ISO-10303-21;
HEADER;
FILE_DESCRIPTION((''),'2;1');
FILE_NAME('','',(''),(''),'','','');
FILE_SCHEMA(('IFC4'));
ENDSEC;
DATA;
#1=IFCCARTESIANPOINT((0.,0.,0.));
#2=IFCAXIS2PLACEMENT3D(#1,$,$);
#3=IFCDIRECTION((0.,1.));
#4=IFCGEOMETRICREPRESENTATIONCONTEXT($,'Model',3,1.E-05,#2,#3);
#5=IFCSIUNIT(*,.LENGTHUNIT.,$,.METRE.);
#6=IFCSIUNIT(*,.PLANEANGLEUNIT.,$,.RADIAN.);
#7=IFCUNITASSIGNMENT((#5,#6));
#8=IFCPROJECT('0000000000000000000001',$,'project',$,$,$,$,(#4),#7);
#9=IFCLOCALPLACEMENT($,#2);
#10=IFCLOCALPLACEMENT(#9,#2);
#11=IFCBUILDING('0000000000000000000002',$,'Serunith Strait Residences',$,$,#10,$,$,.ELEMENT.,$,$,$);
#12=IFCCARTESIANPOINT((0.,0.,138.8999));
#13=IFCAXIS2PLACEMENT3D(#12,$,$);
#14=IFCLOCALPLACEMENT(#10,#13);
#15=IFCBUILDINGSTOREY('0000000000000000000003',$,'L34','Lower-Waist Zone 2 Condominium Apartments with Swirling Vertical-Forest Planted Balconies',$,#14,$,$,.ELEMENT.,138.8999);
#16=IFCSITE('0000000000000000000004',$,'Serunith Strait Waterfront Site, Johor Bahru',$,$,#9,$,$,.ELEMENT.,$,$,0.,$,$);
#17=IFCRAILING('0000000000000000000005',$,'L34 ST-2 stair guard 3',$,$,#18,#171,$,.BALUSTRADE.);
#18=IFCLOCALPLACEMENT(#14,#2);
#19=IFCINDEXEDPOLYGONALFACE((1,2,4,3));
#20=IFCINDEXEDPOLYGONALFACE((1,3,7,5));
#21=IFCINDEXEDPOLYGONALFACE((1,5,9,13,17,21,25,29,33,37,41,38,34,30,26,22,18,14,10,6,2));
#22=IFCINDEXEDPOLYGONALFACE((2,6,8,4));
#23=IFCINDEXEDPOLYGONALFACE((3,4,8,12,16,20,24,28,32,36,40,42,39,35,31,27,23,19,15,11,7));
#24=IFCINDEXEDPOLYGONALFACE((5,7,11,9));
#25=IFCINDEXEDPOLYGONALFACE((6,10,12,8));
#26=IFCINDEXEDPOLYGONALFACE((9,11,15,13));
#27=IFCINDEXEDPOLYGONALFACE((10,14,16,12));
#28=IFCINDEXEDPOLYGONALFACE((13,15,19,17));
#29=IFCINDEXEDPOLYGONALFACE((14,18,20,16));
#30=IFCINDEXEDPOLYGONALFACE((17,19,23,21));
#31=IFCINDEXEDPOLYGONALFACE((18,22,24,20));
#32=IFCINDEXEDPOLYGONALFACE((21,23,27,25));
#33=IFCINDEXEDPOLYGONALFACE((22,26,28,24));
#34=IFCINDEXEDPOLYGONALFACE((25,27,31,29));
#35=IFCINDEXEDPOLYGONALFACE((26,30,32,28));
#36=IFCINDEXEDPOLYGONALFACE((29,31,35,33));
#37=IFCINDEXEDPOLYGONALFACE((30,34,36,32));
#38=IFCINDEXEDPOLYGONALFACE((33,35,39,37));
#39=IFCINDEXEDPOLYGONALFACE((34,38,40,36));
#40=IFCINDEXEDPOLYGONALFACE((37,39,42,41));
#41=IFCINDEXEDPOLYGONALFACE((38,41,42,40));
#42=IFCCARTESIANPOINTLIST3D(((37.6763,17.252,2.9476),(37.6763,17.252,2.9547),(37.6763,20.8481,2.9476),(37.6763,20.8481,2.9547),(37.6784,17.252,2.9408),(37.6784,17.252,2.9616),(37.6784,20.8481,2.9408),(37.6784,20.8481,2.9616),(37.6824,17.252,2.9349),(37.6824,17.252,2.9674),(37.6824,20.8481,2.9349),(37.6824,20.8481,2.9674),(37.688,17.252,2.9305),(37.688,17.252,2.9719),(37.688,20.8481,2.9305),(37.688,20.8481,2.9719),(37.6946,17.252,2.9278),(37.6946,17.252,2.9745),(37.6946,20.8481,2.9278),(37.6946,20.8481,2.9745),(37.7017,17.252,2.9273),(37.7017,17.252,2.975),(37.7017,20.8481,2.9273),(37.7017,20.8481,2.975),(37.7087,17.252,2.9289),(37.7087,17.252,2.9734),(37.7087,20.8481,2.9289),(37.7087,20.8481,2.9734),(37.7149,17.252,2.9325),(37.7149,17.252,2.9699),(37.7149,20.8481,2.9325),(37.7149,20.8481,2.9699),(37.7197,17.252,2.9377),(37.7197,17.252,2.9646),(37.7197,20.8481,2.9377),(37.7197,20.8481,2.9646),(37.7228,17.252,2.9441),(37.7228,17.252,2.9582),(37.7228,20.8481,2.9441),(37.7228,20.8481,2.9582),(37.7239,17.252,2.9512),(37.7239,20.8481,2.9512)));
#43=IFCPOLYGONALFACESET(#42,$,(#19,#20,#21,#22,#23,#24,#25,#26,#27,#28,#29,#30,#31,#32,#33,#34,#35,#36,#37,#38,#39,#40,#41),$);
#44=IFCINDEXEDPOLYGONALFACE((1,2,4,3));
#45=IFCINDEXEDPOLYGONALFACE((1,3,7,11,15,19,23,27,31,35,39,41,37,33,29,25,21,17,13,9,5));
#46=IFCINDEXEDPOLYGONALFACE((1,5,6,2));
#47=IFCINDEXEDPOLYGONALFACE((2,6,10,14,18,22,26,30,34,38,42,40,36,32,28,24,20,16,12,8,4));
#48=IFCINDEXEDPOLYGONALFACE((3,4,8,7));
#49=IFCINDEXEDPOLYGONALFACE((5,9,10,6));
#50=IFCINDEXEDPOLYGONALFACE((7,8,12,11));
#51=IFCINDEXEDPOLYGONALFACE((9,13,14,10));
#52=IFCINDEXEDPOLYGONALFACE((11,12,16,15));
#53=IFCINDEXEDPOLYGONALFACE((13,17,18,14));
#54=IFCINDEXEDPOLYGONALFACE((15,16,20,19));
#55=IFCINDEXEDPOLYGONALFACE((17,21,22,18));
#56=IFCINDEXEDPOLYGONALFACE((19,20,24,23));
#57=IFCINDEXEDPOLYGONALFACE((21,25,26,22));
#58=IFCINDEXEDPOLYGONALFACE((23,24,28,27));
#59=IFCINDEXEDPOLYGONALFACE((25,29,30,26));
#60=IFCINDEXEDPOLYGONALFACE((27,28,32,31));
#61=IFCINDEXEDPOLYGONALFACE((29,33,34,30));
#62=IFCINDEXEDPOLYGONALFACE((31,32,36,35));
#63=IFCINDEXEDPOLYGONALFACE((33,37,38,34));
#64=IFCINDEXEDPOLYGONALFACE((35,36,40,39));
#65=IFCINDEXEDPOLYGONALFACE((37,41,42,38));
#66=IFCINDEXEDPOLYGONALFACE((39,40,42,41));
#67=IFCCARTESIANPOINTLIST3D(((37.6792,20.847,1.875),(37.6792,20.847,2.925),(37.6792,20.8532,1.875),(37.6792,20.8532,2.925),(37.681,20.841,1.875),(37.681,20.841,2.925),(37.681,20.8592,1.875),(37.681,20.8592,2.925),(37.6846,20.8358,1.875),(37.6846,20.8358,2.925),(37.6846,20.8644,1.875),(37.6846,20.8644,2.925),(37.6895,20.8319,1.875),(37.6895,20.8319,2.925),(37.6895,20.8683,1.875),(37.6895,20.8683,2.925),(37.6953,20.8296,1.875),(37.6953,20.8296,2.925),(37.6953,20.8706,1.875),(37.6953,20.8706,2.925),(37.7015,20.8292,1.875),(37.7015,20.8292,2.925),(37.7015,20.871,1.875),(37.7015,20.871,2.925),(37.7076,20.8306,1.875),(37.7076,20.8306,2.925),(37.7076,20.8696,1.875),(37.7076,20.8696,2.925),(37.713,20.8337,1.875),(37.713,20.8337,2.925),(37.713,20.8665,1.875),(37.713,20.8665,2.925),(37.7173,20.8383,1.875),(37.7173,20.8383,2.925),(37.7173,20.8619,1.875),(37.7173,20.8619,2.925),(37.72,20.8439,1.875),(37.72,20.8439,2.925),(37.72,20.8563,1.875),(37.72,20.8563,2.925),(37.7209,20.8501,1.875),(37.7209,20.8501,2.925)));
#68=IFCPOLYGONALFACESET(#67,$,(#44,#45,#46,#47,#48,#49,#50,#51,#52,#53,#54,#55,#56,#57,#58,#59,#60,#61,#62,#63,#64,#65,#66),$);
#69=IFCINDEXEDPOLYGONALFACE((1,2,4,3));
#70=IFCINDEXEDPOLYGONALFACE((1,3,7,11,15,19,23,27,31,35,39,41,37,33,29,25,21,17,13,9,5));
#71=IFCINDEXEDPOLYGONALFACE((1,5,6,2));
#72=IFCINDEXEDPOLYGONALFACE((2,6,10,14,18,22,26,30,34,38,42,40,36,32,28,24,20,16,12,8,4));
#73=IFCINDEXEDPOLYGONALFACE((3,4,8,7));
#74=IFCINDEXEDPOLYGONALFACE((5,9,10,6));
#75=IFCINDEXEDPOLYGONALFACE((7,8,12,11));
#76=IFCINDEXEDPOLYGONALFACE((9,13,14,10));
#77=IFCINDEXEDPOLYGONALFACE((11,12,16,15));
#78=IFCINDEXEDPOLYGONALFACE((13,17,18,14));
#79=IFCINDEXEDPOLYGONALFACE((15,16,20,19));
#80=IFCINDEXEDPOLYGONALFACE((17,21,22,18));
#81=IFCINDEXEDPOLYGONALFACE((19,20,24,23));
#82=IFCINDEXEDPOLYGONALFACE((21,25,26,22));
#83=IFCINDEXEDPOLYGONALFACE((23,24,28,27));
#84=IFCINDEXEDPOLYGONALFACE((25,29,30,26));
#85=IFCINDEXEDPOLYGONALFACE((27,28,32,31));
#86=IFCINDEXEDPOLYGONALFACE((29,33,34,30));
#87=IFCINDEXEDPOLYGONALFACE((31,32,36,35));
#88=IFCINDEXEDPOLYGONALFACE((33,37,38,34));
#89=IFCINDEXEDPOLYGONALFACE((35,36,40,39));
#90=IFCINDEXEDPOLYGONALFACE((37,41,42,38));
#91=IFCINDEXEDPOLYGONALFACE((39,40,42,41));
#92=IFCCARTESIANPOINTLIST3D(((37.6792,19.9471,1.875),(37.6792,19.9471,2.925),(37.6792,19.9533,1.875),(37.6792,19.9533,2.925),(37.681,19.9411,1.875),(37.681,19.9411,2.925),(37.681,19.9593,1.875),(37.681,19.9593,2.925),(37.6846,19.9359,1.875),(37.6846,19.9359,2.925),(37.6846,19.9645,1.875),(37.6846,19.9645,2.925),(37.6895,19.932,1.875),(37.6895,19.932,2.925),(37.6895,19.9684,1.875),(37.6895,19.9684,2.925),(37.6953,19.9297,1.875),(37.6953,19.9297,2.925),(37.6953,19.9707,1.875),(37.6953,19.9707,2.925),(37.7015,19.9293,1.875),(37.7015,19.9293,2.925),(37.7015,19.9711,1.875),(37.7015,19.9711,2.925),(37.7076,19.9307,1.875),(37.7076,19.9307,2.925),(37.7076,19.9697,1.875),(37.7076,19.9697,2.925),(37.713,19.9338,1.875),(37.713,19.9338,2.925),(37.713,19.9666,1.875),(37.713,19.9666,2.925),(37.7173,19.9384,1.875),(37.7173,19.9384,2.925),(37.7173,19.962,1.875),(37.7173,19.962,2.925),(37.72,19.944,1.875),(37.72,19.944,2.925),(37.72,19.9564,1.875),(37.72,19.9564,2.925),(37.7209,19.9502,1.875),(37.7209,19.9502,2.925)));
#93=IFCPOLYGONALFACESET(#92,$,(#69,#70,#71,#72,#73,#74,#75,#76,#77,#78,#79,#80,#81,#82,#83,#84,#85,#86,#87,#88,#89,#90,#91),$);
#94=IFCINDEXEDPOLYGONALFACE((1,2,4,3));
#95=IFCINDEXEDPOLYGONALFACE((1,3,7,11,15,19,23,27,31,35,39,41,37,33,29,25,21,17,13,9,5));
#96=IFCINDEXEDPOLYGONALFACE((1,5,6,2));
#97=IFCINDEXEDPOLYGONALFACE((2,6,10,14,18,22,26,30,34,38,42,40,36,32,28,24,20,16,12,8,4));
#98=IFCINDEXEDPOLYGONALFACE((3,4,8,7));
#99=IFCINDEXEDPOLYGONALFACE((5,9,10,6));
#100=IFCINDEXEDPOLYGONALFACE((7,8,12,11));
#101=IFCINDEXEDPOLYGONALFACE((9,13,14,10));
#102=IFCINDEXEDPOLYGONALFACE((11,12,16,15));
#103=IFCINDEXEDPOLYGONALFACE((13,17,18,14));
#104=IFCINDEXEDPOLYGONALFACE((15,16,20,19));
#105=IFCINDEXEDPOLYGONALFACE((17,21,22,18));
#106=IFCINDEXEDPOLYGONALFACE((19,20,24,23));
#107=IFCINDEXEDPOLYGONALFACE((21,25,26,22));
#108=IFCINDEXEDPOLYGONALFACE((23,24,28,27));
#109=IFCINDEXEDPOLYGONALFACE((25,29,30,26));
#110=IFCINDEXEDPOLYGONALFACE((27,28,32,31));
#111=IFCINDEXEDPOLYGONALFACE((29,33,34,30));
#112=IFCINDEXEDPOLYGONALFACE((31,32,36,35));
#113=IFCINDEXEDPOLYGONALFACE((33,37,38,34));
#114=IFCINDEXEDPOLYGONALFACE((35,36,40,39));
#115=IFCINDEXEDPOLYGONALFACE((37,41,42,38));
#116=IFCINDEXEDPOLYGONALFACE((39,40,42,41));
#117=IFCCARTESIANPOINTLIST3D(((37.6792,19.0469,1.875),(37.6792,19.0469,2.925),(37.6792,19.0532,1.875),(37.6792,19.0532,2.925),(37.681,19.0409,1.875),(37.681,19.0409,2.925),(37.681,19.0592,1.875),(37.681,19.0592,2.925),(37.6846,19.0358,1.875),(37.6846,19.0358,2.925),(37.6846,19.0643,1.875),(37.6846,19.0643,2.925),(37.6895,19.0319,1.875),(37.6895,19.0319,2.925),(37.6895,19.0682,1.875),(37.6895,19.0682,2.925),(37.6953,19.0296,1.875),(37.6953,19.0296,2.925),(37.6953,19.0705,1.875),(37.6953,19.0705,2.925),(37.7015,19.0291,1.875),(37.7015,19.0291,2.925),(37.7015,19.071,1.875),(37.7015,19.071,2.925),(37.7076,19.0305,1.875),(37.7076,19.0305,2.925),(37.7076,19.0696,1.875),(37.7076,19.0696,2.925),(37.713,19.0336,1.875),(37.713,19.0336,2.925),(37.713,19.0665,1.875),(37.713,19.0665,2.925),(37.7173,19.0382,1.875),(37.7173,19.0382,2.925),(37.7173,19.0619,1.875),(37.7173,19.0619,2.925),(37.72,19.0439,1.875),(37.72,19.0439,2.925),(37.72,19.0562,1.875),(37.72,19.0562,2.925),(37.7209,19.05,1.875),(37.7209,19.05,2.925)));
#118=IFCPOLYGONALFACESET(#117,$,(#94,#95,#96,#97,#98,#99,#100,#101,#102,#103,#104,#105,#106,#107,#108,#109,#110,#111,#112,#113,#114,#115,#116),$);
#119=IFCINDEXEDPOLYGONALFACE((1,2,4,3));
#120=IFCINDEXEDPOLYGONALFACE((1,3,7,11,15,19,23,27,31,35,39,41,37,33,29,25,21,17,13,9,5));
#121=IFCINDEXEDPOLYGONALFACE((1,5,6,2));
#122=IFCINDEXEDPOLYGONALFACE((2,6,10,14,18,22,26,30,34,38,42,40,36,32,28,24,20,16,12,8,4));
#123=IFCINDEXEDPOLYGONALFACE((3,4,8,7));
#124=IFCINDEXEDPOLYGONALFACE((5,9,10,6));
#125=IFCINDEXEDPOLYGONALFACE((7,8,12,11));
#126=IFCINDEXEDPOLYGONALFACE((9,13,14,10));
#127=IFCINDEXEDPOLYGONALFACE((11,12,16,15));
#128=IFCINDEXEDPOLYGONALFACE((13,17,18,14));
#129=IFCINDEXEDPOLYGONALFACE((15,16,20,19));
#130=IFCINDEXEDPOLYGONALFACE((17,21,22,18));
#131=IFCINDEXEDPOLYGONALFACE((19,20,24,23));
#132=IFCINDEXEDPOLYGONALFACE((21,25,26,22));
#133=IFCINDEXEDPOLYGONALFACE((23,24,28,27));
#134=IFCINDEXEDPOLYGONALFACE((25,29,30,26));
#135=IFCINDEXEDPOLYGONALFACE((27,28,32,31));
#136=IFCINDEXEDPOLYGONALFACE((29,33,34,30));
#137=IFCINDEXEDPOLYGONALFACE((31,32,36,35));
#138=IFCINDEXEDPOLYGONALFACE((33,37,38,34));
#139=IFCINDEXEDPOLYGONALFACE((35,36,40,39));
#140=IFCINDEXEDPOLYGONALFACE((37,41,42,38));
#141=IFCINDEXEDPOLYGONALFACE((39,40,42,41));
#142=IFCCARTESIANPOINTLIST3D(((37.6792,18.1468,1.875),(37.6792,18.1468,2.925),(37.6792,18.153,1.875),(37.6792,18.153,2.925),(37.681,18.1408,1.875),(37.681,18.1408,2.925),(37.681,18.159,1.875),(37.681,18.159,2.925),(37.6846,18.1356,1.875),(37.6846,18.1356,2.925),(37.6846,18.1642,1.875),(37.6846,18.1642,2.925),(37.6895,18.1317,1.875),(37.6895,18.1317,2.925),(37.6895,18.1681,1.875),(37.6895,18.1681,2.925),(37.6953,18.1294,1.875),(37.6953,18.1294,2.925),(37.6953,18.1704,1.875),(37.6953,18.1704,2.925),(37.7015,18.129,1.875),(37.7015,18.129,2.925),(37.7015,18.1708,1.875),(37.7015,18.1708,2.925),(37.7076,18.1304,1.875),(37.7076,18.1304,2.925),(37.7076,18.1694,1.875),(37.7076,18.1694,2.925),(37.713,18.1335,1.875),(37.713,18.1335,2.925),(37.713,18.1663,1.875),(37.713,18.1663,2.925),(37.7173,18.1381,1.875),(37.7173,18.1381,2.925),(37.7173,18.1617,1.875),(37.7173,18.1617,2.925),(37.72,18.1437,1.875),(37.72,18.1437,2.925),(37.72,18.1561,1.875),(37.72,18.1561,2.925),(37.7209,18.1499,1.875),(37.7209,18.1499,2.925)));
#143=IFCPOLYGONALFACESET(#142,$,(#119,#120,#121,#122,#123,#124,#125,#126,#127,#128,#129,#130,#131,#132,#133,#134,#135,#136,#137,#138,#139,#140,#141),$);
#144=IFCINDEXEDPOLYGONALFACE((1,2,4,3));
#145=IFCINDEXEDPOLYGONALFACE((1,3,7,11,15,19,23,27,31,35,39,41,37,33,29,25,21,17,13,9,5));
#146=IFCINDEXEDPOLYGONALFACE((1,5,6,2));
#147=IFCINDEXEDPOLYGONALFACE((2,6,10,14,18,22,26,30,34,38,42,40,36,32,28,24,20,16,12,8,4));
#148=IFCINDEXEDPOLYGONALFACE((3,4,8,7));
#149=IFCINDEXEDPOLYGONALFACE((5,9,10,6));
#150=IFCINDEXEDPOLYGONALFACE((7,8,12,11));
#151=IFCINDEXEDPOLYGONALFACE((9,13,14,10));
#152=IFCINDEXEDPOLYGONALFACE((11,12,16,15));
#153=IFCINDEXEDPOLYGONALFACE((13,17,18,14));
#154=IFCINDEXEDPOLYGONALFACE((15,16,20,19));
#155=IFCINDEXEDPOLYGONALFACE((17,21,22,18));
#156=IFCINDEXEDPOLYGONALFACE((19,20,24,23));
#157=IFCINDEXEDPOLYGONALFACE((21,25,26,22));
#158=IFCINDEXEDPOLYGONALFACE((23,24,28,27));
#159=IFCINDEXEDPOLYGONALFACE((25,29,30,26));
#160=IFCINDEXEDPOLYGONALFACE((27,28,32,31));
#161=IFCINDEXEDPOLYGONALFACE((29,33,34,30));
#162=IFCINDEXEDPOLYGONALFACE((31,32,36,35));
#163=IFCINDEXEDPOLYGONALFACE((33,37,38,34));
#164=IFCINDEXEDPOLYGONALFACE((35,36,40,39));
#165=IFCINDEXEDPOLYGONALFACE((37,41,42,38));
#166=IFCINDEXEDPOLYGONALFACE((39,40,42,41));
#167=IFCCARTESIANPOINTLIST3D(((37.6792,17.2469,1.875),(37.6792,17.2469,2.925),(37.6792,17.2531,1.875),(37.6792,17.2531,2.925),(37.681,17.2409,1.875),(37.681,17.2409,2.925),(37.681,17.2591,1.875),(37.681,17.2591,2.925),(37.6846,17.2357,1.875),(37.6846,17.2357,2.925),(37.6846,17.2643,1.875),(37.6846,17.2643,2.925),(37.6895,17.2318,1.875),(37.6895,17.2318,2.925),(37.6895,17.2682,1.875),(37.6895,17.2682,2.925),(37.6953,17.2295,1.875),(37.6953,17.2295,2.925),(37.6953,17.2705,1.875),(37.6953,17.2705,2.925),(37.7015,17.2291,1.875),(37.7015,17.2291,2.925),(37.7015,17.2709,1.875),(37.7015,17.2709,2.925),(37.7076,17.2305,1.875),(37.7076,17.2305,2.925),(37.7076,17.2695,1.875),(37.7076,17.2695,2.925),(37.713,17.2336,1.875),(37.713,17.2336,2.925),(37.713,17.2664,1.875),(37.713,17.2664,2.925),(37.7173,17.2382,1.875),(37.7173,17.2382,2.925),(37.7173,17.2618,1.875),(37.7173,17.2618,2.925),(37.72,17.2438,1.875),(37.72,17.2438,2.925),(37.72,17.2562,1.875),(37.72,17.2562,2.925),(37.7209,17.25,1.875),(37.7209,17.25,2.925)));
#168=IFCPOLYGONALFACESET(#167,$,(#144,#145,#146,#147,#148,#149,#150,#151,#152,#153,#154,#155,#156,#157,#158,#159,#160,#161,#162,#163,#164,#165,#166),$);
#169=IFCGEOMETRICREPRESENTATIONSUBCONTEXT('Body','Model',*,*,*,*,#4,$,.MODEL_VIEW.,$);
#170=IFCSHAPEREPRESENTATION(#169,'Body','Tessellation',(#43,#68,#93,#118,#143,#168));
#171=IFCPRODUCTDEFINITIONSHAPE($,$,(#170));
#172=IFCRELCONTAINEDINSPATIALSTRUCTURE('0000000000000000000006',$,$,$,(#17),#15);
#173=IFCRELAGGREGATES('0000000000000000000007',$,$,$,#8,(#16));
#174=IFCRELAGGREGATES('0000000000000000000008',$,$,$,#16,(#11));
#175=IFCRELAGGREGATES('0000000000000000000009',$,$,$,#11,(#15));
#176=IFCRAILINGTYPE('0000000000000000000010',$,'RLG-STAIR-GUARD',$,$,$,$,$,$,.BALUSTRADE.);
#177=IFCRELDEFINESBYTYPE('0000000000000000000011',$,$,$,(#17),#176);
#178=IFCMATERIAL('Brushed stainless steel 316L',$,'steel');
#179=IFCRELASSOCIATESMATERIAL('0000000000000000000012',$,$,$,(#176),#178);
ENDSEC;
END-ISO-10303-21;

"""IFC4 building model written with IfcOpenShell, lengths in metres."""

from ifc_helpers import new_model, si_unit, direction, frame, origin, origin_2d, place, context, subcontext, project, spatial, circle, extrude, material, type_object, element, save


model = new_model("IFC4")

# Units and contexts
model_context = context("Model", 3, precision=1e-05, world=origin(), true_north=direction((0.0, 1.0)))
body_context = subcontext(model_context, "Body", "Model", "MODEL_VIEW")
ifc_project = project(units=[si_unit("LENGTHUNIT", "METRE"), si_unit("PLANEANGLEUNIT", "RADIAN")], contexts=[model_context])

# Site, building, storey
site_placement = place(None, origin())
site = spatial("IfcSite", under=ifc_project, at=site_placement, Name="Serunith Strait Waterfront Site, Johor Bahru", CompositionType="ELEMENT", RefElevation=0.0)
building_placement = place(site_placement, origin())
building = spatial("IfcBuilding", under=site, at=building_placement, Name="Serunith Strait Residences", CompositionType="ELEMENT")
storey_placement = place(building_placement, frame((0.0, 0.0, 138.8999)))
storey = spatial("IfcBuildingStorey", under=building, at=storey_placement, Name="L34", Description="Lower-Waist Zone 2 Condominium Apartments with Swirling Vertical-Forest Planted Balconies", CompositionType="ELEMENT", Elevation=138.8999)

# Railing
ifc_material_1 = material(Name="Brushed stainless steel 316L", Category="steel")
railing_type_1 = type_object("IfcRailingType", Name="RLG-STAIR-GUARD", PredefinedType="BALUSTRADE", material=ifc_material_1)
for number, where, name in (
    (1, (37.7, 20.8501, 1.875), "L34 ST-2 stair guard 3"),
):
    element("IfcRailing", number, at=place(storey_placement, frame(where)), inside=storey, type_object=railing_type_1, Name=name, PredefinedType="BALUSTRADE", context=body_context, shape_type="SweptSolid", body=[
        extrude(circle(Radius=0.0239, at=origin_2d()), frame((0.0, -0.002, 1.0762), z_axis=(0.0, -1.0, 0.0), x_axis=(1.0, 0.0, 0.0)), (0.0, 0.0, 1.0), 3.5962),
        extrude(circle(Radius=0.021, at=origin_2d()), origin(), (0.0, 0.0, 1.0), 1.05),
        extrude(circle(Radius=0.021, at=origin_2d()), frame((0.0, -0.8999, 0.0)), (0.0, 0.0, 1.0), 1.05),
        extrude(circle(Radius=0.021, at=origin_2d()), frame((0.0, -1.8, 0.0)), (0.0, 0.0, 1.0), 1.05),
        extrude(circle(Radius=0.021, at=origin_2d()), frame((0.0, -2.7002, 0.0)), (0.0, 0.0, 1.0), 1.05),
        extrude(circle(Radius=0.021, at=origin_2d()), frame((0.0, -3.6001, 0.0)), (0.0, 0.0, 1.0), 1.05),
    ])

save(model, "model.ifc")
